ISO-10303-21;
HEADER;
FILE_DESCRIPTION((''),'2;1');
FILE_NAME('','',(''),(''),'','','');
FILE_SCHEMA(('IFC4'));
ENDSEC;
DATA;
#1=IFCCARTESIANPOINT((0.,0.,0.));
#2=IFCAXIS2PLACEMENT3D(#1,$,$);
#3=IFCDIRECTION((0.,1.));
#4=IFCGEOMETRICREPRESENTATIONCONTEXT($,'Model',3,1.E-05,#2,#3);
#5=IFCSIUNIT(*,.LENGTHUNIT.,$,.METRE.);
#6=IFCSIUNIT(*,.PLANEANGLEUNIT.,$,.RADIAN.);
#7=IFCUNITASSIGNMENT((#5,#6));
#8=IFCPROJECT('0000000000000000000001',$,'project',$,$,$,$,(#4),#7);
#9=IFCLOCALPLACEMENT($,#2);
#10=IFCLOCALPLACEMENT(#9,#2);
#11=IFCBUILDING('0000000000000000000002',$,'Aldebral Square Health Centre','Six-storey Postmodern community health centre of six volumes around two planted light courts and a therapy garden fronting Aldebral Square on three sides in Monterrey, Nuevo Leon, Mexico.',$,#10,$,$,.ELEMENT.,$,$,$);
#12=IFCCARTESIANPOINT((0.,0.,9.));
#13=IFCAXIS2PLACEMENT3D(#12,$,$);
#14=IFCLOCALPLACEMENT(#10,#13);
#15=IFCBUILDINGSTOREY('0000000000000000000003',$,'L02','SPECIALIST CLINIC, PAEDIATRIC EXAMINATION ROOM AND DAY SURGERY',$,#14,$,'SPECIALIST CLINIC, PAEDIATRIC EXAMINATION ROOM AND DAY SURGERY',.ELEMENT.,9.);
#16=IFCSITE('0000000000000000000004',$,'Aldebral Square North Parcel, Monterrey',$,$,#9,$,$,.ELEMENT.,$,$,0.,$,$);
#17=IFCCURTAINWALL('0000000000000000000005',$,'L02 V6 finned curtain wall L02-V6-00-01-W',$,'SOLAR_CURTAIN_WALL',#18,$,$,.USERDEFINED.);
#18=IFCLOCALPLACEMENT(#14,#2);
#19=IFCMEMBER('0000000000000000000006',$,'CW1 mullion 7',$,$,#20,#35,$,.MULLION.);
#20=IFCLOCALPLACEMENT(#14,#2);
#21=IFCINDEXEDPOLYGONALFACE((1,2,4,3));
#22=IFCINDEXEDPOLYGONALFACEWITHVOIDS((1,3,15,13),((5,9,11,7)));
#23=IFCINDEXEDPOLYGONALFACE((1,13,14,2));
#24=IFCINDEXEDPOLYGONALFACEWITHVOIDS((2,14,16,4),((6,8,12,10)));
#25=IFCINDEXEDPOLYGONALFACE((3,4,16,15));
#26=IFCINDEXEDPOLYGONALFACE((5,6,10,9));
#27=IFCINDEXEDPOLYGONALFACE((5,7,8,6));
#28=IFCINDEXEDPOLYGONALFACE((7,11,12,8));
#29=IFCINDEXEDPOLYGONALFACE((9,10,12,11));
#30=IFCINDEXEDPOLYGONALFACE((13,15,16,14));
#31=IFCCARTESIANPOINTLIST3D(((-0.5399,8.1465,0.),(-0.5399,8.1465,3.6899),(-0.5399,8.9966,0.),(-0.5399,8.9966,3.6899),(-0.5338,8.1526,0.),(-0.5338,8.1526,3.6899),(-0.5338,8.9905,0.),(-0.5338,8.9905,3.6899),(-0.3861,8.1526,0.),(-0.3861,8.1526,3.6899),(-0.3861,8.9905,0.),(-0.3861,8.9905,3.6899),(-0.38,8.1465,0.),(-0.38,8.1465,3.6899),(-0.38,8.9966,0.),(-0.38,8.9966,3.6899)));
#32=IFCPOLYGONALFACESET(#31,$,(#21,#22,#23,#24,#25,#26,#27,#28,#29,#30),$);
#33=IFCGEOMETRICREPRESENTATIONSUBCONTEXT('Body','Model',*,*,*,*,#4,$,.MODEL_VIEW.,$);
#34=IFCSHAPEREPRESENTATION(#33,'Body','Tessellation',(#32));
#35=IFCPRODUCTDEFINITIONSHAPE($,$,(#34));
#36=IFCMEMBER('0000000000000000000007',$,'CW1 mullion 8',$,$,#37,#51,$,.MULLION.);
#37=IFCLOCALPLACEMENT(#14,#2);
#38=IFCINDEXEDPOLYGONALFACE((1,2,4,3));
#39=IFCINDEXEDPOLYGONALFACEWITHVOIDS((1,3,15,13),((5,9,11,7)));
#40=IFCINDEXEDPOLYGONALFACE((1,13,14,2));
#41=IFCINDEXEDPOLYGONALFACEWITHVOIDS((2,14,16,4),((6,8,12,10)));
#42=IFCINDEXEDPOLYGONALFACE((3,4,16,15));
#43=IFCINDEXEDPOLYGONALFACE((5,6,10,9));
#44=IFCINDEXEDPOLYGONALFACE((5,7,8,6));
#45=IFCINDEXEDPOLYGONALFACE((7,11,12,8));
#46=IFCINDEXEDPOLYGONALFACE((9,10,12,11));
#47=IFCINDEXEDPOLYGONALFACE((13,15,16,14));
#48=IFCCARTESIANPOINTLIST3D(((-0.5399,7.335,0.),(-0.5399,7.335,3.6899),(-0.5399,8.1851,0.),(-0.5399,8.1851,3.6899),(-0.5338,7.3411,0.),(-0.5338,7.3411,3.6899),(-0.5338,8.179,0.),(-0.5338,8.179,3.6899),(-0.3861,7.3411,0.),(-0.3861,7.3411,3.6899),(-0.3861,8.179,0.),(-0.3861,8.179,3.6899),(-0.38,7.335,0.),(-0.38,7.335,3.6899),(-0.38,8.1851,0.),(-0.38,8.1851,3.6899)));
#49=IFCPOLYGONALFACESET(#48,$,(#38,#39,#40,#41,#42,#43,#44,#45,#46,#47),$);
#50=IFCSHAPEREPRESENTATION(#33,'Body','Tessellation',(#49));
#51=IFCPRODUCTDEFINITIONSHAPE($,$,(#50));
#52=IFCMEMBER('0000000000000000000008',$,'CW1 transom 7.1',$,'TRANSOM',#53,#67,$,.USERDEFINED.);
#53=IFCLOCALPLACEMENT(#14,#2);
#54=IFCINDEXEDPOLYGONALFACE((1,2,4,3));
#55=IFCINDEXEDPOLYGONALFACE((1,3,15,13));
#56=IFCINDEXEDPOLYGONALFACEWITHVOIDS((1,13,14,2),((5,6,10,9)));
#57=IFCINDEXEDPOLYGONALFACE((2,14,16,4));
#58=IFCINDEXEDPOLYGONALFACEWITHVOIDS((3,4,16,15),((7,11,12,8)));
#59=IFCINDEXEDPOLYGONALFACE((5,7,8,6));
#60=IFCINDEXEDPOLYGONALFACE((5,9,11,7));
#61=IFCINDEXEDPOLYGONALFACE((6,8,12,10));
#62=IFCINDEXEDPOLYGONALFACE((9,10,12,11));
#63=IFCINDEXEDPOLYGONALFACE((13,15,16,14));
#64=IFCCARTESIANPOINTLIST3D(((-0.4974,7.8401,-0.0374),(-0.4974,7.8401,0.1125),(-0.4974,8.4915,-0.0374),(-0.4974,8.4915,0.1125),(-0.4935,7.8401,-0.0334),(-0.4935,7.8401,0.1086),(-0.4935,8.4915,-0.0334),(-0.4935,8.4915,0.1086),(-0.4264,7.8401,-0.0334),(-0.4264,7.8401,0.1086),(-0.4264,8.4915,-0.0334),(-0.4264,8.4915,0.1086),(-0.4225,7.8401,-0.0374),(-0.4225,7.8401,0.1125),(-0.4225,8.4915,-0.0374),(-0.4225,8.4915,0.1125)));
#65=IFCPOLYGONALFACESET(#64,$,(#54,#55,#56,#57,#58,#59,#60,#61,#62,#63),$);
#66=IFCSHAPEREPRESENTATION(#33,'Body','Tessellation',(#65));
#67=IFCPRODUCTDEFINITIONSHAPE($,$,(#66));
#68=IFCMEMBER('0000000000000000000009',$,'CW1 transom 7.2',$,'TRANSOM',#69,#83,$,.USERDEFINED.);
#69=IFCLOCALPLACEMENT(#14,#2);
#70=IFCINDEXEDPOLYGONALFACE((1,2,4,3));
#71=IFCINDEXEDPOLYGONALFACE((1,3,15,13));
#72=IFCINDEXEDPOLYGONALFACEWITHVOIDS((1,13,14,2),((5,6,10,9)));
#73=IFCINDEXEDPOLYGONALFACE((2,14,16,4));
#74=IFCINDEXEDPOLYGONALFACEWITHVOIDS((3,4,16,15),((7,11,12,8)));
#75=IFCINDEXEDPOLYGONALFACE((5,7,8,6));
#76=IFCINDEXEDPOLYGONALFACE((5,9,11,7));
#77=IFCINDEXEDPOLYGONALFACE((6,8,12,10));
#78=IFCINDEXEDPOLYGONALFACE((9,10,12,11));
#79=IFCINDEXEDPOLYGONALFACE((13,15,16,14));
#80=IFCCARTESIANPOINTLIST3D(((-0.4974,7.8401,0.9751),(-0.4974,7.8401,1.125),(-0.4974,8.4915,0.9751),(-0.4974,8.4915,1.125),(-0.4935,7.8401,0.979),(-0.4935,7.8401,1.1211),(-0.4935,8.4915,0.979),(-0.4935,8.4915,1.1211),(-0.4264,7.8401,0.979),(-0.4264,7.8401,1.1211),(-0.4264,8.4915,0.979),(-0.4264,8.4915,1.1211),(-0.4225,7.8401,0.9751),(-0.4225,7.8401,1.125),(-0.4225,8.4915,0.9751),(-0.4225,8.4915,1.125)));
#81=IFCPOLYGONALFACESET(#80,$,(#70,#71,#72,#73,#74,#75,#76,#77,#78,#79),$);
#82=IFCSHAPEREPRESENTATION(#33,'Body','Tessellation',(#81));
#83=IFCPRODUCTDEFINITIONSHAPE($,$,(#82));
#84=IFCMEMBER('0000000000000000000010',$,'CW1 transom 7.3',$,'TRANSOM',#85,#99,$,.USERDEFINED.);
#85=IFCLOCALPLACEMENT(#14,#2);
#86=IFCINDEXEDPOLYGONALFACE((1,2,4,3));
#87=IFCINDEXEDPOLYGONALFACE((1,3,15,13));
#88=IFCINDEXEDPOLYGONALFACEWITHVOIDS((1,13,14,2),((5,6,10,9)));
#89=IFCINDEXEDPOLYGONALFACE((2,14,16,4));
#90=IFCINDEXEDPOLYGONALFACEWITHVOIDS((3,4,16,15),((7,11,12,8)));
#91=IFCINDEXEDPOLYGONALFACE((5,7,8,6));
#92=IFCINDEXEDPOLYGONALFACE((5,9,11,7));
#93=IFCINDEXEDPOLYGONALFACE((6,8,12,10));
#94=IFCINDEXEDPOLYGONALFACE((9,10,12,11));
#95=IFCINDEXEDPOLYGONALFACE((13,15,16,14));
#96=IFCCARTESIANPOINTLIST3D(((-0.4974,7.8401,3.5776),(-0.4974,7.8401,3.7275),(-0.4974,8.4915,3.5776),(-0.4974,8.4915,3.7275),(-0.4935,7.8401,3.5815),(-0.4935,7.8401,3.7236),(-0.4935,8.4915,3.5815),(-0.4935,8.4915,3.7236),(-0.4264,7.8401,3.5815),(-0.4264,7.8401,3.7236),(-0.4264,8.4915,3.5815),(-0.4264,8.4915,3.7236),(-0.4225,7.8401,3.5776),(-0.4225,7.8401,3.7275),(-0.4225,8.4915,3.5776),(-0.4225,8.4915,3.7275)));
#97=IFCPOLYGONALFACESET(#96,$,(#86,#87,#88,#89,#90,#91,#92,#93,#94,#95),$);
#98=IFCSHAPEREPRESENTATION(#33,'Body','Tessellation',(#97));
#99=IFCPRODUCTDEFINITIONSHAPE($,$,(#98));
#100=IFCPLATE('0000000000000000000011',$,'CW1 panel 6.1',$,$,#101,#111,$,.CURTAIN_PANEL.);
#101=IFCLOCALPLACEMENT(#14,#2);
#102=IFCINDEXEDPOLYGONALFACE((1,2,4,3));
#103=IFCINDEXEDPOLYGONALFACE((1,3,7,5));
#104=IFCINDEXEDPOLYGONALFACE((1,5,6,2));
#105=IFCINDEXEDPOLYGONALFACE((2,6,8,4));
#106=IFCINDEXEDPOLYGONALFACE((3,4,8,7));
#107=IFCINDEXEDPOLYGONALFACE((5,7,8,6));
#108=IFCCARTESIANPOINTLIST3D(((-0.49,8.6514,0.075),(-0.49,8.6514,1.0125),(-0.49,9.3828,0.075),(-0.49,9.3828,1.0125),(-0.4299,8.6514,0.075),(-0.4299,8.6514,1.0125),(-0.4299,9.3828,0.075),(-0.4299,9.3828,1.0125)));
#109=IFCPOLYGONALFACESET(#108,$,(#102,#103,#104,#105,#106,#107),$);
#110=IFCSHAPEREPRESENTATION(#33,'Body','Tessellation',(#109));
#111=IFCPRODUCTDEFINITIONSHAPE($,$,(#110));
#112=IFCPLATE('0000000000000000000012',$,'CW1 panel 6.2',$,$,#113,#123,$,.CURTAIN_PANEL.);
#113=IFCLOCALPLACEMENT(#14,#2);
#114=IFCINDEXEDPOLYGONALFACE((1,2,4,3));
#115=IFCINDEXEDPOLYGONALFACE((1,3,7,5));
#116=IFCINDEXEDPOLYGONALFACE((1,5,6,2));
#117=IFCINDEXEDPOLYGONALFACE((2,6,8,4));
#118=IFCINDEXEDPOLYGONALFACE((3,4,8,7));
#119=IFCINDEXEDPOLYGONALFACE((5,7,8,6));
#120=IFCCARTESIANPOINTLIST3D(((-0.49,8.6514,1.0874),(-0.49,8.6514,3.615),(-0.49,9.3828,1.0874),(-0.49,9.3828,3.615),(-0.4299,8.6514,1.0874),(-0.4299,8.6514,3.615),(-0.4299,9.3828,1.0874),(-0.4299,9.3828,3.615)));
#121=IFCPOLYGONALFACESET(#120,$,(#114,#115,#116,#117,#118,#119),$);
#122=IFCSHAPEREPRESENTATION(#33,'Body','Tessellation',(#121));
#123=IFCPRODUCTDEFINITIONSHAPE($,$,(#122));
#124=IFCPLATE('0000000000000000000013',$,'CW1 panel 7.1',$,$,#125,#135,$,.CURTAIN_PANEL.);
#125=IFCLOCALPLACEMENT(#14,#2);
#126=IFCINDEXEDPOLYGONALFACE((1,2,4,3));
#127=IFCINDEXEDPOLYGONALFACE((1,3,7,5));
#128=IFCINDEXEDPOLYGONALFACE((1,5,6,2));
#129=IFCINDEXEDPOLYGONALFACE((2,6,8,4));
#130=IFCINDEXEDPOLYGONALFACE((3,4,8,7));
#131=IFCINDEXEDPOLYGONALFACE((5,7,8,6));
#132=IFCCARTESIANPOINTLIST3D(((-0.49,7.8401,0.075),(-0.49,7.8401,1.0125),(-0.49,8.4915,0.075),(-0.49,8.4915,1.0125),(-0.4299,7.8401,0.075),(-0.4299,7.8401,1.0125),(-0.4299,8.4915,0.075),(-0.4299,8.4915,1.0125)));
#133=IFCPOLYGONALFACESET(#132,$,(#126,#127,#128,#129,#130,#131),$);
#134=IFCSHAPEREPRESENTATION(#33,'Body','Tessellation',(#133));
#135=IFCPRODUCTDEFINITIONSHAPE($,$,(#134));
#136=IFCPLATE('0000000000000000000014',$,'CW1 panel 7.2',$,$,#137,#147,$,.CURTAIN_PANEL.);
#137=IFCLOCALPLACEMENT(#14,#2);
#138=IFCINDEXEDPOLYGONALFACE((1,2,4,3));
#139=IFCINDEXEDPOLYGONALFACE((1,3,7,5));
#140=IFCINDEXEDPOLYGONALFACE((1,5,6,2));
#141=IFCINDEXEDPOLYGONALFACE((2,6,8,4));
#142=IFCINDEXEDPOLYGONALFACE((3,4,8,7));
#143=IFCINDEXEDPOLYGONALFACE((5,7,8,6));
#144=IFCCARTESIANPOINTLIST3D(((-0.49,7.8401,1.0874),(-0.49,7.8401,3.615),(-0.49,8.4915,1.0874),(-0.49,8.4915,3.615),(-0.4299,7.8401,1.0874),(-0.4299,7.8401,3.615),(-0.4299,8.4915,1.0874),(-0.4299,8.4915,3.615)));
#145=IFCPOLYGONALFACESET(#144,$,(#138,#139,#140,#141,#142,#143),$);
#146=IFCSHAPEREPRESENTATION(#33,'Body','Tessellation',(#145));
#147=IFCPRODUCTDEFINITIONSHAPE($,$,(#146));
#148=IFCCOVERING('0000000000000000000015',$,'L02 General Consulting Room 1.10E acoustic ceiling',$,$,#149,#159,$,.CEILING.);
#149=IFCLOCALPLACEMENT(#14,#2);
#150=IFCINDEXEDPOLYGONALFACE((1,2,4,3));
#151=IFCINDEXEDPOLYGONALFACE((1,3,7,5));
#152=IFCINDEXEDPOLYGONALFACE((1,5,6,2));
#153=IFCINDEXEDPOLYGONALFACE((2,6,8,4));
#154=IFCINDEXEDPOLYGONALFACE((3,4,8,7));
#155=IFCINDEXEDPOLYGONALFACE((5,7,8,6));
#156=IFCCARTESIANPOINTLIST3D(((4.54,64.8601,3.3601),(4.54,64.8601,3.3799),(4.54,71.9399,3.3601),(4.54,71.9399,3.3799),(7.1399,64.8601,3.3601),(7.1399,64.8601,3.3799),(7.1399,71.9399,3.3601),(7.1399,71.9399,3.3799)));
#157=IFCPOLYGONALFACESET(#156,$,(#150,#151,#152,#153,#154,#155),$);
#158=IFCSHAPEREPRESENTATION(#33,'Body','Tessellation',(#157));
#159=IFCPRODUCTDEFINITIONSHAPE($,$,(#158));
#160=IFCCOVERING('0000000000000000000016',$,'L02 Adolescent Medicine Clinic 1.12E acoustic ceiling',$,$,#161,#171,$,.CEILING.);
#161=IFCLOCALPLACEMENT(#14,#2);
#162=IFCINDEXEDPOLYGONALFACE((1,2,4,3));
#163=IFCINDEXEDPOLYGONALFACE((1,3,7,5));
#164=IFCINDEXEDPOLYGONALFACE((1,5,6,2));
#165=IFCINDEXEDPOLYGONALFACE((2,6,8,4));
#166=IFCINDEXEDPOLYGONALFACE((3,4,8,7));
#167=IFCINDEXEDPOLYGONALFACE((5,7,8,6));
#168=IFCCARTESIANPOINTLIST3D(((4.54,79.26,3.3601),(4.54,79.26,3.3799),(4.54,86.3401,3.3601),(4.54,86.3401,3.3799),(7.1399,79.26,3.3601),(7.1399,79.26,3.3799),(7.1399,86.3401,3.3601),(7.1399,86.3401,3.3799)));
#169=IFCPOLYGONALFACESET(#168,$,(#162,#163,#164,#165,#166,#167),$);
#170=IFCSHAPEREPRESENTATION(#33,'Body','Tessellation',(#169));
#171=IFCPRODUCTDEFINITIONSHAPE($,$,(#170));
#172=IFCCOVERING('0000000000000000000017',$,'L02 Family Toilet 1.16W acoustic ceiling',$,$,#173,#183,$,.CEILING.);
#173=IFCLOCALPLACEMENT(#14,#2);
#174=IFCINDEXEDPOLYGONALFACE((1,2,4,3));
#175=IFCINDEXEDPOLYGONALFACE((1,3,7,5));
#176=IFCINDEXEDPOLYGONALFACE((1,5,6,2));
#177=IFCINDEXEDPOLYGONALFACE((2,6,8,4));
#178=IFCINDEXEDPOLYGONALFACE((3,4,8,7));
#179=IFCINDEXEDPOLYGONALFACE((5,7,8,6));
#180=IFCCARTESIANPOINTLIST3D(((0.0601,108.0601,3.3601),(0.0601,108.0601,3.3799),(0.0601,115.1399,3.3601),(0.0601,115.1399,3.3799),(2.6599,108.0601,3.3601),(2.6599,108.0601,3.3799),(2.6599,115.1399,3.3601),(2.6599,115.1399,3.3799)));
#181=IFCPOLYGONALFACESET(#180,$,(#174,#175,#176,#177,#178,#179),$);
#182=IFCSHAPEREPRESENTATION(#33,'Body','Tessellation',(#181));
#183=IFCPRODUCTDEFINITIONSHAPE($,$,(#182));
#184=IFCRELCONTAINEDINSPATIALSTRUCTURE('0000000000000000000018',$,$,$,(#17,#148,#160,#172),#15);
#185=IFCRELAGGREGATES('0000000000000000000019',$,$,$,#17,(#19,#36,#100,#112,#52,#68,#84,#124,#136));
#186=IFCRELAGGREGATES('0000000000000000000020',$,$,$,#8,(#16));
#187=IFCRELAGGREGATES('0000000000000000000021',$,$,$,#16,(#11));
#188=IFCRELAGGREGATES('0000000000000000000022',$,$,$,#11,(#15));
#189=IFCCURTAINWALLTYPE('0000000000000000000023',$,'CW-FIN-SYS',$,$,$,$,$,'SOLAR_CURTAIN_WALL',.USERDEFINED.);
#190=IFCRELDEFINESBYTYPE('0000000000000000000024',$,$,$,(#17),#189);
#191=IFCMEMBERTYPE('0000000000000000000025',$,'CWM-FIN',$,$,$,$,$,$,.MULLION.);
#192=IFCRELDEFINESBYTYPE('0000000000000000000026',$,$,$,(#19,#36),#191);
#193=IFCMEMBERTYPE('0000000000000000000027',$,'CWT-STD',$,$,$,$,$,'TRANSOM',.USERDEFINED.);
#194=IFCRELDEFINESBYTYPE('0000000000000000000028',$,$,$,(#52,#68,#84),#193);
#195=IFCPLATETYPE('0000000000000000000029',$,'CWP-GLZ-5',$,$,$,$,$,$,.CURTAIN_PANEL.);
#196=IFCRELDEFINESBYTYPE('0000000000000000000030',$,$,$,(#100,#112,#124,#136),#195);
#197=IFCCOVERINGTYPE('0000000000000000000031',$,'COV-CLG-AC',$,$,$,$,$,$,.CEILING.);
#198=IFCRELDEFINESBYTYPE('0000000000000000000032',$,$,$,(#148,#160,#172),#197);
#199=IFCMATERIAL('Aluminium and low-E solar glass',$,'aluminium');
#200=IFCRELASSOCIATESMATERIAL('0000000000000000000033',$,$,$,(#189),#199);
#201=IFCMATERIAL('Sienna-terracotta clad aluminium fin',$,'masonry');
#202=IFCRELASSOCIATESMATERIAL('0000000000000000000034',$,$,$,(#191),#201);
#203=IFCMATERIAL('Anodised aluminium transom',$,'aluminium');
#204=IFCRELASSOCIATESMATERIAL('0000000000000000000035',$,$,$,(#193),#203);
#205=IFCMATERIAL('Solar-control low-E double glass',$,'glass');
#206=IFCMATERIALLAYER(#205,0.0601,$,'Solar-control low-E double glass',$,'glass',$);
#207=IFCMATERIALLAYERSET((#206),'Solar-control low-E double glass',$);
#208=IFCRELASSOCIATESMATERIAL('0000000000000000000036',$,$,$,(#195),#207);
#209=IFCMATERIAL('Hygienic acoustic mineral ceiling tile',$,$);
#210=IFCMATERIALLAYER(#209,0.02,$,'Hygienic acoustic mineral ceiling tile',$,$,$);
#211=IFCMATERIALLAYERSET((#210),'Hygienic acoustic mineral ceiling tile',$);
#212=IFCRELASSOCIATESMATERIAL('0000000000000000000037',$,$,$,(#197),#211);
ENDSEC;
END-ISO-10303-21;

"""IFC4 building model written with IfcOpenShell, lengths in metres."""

from ifc_helpers import new_model, si_unit, direction, frame, origin, origin_2d, place, context, subcontext, project, spatial, polyline, rectangle, hollow_rectangle, outline, extrude, material, layer, layer_set, material_profile, profile_set, type_object, element, aggregate, save


model = new_model("IFC4")

# Units and contexts
model_context = context("Model", 3, precision=1e-05, world=origin(), true_north=direction((0.0, 1.0)))
body_context = subcontext(model_context, "Body", "Model", "MODEL_VIEW")
ifc_project = project(units=[si_unit("LENGTHUNIT", "METRE"), si_unit("PLANEANGLEUNIT", "RADIAN")], contexts=[model_context])

# Site, building, storey
site_placement = place(None, origin())
site = spatial("IfcSite", under=ifc_project, at=site_placement, Name="Aldebral Square North Parcel, Monterrey", CompositionType="ELEMENT", RefElevation=0.0)
building_placement = place(site_placement, origin())
building = spatial("IfcBuilding", under=site, at=building_placement, Name="Aldebral Square Health Centre", Description="Six-storey Postmodern community health centre of six volumes around two planted light courts and a therapy garden fronting Aldebral Square on three sides in Monterrey, Nuevo Leon, Mexico.", CompositionType="ELEMENT")
storey_placement = place(building_placement, frame((0.0, 0.0, 9.0)))
storey = spatial("IfcBuildingStorey", under=building, at=storey_placement, Name="L02", Description="SPECIALIST CLINIC, PAEDIATRIC EXAMINATION ROOM AND DAY SURGERY", LongName="SPECIALIST CLINIC, PAEDIATRIC EXAMINATION ROOM AND DAY SURGERY", CompositionType="ELEMENT", Elevation=9.0)

# Curtain wall, members, plates
ifc_material_1 = material(Name="Aluminium and low-E solar glass", Category="aluminium")
curtain_wall_type = type_object("IfcCurtainWallType", Name="CW-FIN-SYS", ElementType="SOLAR_CURTAIN_WALL", PredefinedType="USERDEFINED", material=ifc_material_1)
curtain_wall_placement = place(storey_placement, origin())
curtain_wall = element("IfcCurtainWall", 1, at=curtain_wall_placement, inside=storey, type_object=curtain_wall_type, Name="L02 V6 finned curtain wall L02-V6-00-01-W", ObjectType="SOLAR_CURTAIN_WALL", PredefinedType="USERDEFINED")
ifc_material_2 = material(Name="Sienna-terracotta clad aluminium fin", Category="masonry")
ifc_material_profile_1 = material_profile(ifc_material_2, hollow_rectangle(XDim=0.1599, YDim=0.8501, WallThickness=0.0061, at=origin_2d()), Name="FIN 160x850x6")
ifc_profile_set_1 = profile_set([ifc_material_profile_1], Name="Sienna-terracotta clad aluminium fin")
member_type_1 = type_object("IfcMemberType", Name="CWM-FIN", PredefinedType="MULLION", material=ifc_profile_set_1)
member_1_placement = place(storey_placement, frame((-0.46, 8.5715, 0.0), z_axis=(0.0, 0.0, 1.0), x_axis=(1.0, 0.0, 0.0)))
member_1 = element("IfcMember", 2, at=member_1_placement, type_object=member_type_1, Name="CW1 mullion 7", PredefinedType="MULLION", context=body_context, shape_type="SweptSolid", body=[
    extrude(hollow_rectangle(XDim=0.1599, YDim=0.8501, WallThickness=0.0061, at=origin_2d()), origin(), (0.0, 0.0, 1.0), 3.6899),
])
member_2_placement = place(storey_placement, frame((-0.46, 7.76, 0.0), z_axis=(0.0, 0.0, 1.0), x_axis=(1.0, 0.0, 0.0)))
member_2 = element("IfcMember", 3, at=member_2_placement, type_object=member_type_1, Name="CW1 mullion 8", PredefinedType="MULLION", context=body_context, shape_type="SweptSolid", body=[
    extrude(hollow_rectangle(XDim=0.1599, YDim=0.8501, WallThickness=0.0061, at=origin_2d()), origin(), (0.0, 0.0, 1.0), 3.6899),
])
ifc_material_3 = material(Name="Anodised aluminium transom", Category="aluminium")
ifc_material_profile_2 = material_profile(ifc_material_3, hollow_rectangle(XDim=0.075, YDim=0.1499, WallThickness=0.0039, at=origin_2d()), Name="CWT 75x150x4")
ifc_profile_set_2 = profile_set([ifc_material_profile_2], Name="Anodised aluminium transom")
member_type_2 = type_object("IfcMemberType", Name="CWT-STD", ElementType="TRANSOM", PredefinedType="USERDEFINED", material=ifc_profile_set_2)
member_3_placement = place(storey_placement, frame((-0.46, 8.4915, 0.0376), z_axis=(0.0, -1.0, 0.0), x_axis=(1.0, 0.0, 0.0)))
member_3 = element("IfcMember", 4, at=member_3_placement, type_object=member_type_2, Name="CW1 transom 7.1", ObjectType="TRANSOM", PredefinedType="USERDEFINED", context=body_context, shape_type="SweptSolid", body=[
    extrude(hollow_rectangle(XDim=0.075, YDim=0.1499, WallThickness=0.0039, at=origin_2d()), origin(), (0.0, 0.0, 1.0), 0.6514),
])
member_4_placement = place(storey_placement, frame((-0.46, 8.4915, 1.05), z_axis=(0.0, -1.0, 0.0), x_axis=(1.0, 0.0, 0.0)))
member_4 = element("IfcMember", 5, at=member_4_placement, type_object=member_type_2, Name="CW1 transom 7.2", ObjectType="TRANSOM", PredefinedType="USERDEFINED", context=body_context, shape_type="SweptSolid", body=[
    extrude(hollow_rectangle(XDim=0.075, YDim=0.1499, WallThickness=0.0039, at=origin_2d()), origin(), (0.0, 0.0, 1.0), 0.6514),
])
member_5_placement = place(storey_placement, frame((-0.46, 8.4915, 3.6526), z_axis=(0.0, -1.0, 0.0), x_axis=(1.0, 0.0, 0.0)))
member_5 = element("IfcMember", 6, at=member_5_placement, type_object=member_type_2, Name="CW1 transom 7.3", ObjectType="TRANSOM", PredefinedType="USERDEFINED", context=body_context, shape_type="SweptSolid", body=[
    extrude(hollow_rectangle(XDim=0.075, YDim=0.1499, WallThickness=0.0039, at=origin_2d()), origin(), (0.0, 0.0, 1.0), 0.6514),
])
ifc_material_4 = material(Name="Solar-control low-E double glass", Category="glass")
ifc_layer_1 = layer(ifc_material_4, 0.0601, Name="Solar-control low-E double glass", Category="glass")
ifc_layer_set_1 = layer_set([ifc_layer_1], Name="Solar-control low-E double glass")
plate_type = type_object("IfcPlateType", Name="CWP-GLZ-5", PredefinedType="CURTAIN_PANEL", material=ifc_layer_set_1)
plate_1_placement = place(storey_placement, frame((-0.46, 9.0171, 0.075), z_axis=(0.0, 0.0, 1.0), x_axis=(0.0, -1.0, 0.0)))
plate_1 = element("IfcPlate", 7, at=plate_1_placement, type_object=plate_type, Name="CW1 panel 6.1", PredefinedType="CURTAIN_PANEL", context=body_context, shape_type="SweptSolid", body=[
    extrude(rectangle(XDim=0.7314, YDim=0.0601, at=origin_2d()), origin(), (0.0, 0.0, 1.0), 0.9375),
])
plate_2_placement = place(storey_placement, frame((-0.46, 9.0171, 1.0874), z_axis=(0.0, 0.0, 1.0), x_axis=(0.0, -1.0, 0.0)))
plate_2 = element("IfcPlate", 8, at=plate_2_placement, type_object=plate_type, Name="CW1 panel 6.2", PredefinedType="CURTAIN_PANEL", context=body_context, shape_type="SweptSolid", body=[
    extrude(rectangle(XDim=0.7314, YDim=0.0601, at=origin_2d()), origin(), (0.0, 0.0, 1.0), 2.5276),
])
plate_3_placement = place(storey_placement, frame((-0.46, 8.1658, 0.075), z_axis=(0.0, 0.0, 1.0), x_axis=(0.0, -1.0, 0.0)))
plate_3 = element("IfcPlate", 9, at=plate_3_placement, type_object=plate_type, Name="CW1 panel 7.1", PredefinedType="CURTAIN_PANEL", context=body_context, shape_type="SweptSolid", body=[
    extrude(rectangle(XDim=0.6514, YDim=0.0601, at=origin_2d()), origin(), (0.0, 0.0, 1.0), 0.9375),
])
plate_4_placement = place(storey_placement, frame((-0.46, 8.1658, 1.0874), z_axis=(0.0, 0.0, 1.0), x_axis=(0.0, -1.0, 0.0)))
plate_4 = element("IfcPlate", 10, at=plate_4_placement, type_object=plate_type, Name="CW1 panel 7.2", PredefinedType="CURTAIN_PANEL", context=body_context, shape_type="SweptSolid", body=[
    extrude(rectangle(XDim=0.6514, YDim=0.0601, at=origin_2d()), origin(), (0.0, 0.0, 1.0), 2.5276),
])
aggregate(curtain_wall, [member_1, member_2, plate_1, plate_2, member_3, member_4, member_5, plate_3, plate_4])

# Coverings
ifc_material_5 = material(Name="Hygienic acoustic mineral ceiling tile")
ifc_layer_2 = layer(ifc_material_5, 0.02, Name="Hygienic acoustic mineral ceiling tile")
ifc_layer_set_2 = layer_set([ifc_layer_2], Name="Hygienic acoustic mineral ceiling tile")
covering_type_1 = type_object("IfcCoveringType", Name="COV-CLG-AC", PredefinedType="CEILING", material=ifc_layer_set_2)
covering_1_placement = place(storey_placement, frame((0.0, 0.0, 3.3601)))
element("IfcCovering", 11, at=covering_1_placement, inside=storey, type_object=covering_type_1, Name="L02 General Consulting Room 1.10E acoustic ceiling", PredefinedType="CEILING", context=body_context, shape_type="SweptSolid", body=[
    extrude(outline(polyline([(4.54, 64.8601), (7.1399, 64.8601), (7.1399, 71.9399), (4.54, 71.9399), (4.54, 64.8601)])), origin(), (0.0, 0.0, 1.0), 0.0198),
])
covering_2_placement = place(storey_placement, frame((0.0, 0.0, 3.3601)))
element("IfcCovering", 12, at=covering_2_placement, inside=storey, type_object=covering_type_1, Name="L02 Adolescent Medicine Clinic 1.12E acoustic ceiling", PredefinedType="CEILING", context=body_context, shape_type="SweptSolid", body=[
    extrude(outline(polyline([(4.54, 79.26), (7.1399, 79.26), (7.1399, 86.3401), (4.54, 86.3401), (4.54, 79.26)])), origin(), (0.0, 0.0, 1.0), 0.0198),
])
covering_3_placement = place(storey_placement, frame((0.0, 0.0, 3.3601)))
element("IfcCovering", 13, at=covering_3_placement, inside=storey, type_object=covering_type_1, Name="L02 Family Toilet 1.16W acoustic ceiling", PredefinedType="CEILING", context=body_context, shape_type="SweptSolid", body=[
    extrude(outline(polyline([(0.0601, 108.0601), (2.6599, 108.0601), (2.6599, 115.1399), (0.0601, 115.1399), (0.0601, 108.0601)])), origin(), (0.0, 0.0, 1.0), 0.0198),
])

save(model, "model.ifc")
